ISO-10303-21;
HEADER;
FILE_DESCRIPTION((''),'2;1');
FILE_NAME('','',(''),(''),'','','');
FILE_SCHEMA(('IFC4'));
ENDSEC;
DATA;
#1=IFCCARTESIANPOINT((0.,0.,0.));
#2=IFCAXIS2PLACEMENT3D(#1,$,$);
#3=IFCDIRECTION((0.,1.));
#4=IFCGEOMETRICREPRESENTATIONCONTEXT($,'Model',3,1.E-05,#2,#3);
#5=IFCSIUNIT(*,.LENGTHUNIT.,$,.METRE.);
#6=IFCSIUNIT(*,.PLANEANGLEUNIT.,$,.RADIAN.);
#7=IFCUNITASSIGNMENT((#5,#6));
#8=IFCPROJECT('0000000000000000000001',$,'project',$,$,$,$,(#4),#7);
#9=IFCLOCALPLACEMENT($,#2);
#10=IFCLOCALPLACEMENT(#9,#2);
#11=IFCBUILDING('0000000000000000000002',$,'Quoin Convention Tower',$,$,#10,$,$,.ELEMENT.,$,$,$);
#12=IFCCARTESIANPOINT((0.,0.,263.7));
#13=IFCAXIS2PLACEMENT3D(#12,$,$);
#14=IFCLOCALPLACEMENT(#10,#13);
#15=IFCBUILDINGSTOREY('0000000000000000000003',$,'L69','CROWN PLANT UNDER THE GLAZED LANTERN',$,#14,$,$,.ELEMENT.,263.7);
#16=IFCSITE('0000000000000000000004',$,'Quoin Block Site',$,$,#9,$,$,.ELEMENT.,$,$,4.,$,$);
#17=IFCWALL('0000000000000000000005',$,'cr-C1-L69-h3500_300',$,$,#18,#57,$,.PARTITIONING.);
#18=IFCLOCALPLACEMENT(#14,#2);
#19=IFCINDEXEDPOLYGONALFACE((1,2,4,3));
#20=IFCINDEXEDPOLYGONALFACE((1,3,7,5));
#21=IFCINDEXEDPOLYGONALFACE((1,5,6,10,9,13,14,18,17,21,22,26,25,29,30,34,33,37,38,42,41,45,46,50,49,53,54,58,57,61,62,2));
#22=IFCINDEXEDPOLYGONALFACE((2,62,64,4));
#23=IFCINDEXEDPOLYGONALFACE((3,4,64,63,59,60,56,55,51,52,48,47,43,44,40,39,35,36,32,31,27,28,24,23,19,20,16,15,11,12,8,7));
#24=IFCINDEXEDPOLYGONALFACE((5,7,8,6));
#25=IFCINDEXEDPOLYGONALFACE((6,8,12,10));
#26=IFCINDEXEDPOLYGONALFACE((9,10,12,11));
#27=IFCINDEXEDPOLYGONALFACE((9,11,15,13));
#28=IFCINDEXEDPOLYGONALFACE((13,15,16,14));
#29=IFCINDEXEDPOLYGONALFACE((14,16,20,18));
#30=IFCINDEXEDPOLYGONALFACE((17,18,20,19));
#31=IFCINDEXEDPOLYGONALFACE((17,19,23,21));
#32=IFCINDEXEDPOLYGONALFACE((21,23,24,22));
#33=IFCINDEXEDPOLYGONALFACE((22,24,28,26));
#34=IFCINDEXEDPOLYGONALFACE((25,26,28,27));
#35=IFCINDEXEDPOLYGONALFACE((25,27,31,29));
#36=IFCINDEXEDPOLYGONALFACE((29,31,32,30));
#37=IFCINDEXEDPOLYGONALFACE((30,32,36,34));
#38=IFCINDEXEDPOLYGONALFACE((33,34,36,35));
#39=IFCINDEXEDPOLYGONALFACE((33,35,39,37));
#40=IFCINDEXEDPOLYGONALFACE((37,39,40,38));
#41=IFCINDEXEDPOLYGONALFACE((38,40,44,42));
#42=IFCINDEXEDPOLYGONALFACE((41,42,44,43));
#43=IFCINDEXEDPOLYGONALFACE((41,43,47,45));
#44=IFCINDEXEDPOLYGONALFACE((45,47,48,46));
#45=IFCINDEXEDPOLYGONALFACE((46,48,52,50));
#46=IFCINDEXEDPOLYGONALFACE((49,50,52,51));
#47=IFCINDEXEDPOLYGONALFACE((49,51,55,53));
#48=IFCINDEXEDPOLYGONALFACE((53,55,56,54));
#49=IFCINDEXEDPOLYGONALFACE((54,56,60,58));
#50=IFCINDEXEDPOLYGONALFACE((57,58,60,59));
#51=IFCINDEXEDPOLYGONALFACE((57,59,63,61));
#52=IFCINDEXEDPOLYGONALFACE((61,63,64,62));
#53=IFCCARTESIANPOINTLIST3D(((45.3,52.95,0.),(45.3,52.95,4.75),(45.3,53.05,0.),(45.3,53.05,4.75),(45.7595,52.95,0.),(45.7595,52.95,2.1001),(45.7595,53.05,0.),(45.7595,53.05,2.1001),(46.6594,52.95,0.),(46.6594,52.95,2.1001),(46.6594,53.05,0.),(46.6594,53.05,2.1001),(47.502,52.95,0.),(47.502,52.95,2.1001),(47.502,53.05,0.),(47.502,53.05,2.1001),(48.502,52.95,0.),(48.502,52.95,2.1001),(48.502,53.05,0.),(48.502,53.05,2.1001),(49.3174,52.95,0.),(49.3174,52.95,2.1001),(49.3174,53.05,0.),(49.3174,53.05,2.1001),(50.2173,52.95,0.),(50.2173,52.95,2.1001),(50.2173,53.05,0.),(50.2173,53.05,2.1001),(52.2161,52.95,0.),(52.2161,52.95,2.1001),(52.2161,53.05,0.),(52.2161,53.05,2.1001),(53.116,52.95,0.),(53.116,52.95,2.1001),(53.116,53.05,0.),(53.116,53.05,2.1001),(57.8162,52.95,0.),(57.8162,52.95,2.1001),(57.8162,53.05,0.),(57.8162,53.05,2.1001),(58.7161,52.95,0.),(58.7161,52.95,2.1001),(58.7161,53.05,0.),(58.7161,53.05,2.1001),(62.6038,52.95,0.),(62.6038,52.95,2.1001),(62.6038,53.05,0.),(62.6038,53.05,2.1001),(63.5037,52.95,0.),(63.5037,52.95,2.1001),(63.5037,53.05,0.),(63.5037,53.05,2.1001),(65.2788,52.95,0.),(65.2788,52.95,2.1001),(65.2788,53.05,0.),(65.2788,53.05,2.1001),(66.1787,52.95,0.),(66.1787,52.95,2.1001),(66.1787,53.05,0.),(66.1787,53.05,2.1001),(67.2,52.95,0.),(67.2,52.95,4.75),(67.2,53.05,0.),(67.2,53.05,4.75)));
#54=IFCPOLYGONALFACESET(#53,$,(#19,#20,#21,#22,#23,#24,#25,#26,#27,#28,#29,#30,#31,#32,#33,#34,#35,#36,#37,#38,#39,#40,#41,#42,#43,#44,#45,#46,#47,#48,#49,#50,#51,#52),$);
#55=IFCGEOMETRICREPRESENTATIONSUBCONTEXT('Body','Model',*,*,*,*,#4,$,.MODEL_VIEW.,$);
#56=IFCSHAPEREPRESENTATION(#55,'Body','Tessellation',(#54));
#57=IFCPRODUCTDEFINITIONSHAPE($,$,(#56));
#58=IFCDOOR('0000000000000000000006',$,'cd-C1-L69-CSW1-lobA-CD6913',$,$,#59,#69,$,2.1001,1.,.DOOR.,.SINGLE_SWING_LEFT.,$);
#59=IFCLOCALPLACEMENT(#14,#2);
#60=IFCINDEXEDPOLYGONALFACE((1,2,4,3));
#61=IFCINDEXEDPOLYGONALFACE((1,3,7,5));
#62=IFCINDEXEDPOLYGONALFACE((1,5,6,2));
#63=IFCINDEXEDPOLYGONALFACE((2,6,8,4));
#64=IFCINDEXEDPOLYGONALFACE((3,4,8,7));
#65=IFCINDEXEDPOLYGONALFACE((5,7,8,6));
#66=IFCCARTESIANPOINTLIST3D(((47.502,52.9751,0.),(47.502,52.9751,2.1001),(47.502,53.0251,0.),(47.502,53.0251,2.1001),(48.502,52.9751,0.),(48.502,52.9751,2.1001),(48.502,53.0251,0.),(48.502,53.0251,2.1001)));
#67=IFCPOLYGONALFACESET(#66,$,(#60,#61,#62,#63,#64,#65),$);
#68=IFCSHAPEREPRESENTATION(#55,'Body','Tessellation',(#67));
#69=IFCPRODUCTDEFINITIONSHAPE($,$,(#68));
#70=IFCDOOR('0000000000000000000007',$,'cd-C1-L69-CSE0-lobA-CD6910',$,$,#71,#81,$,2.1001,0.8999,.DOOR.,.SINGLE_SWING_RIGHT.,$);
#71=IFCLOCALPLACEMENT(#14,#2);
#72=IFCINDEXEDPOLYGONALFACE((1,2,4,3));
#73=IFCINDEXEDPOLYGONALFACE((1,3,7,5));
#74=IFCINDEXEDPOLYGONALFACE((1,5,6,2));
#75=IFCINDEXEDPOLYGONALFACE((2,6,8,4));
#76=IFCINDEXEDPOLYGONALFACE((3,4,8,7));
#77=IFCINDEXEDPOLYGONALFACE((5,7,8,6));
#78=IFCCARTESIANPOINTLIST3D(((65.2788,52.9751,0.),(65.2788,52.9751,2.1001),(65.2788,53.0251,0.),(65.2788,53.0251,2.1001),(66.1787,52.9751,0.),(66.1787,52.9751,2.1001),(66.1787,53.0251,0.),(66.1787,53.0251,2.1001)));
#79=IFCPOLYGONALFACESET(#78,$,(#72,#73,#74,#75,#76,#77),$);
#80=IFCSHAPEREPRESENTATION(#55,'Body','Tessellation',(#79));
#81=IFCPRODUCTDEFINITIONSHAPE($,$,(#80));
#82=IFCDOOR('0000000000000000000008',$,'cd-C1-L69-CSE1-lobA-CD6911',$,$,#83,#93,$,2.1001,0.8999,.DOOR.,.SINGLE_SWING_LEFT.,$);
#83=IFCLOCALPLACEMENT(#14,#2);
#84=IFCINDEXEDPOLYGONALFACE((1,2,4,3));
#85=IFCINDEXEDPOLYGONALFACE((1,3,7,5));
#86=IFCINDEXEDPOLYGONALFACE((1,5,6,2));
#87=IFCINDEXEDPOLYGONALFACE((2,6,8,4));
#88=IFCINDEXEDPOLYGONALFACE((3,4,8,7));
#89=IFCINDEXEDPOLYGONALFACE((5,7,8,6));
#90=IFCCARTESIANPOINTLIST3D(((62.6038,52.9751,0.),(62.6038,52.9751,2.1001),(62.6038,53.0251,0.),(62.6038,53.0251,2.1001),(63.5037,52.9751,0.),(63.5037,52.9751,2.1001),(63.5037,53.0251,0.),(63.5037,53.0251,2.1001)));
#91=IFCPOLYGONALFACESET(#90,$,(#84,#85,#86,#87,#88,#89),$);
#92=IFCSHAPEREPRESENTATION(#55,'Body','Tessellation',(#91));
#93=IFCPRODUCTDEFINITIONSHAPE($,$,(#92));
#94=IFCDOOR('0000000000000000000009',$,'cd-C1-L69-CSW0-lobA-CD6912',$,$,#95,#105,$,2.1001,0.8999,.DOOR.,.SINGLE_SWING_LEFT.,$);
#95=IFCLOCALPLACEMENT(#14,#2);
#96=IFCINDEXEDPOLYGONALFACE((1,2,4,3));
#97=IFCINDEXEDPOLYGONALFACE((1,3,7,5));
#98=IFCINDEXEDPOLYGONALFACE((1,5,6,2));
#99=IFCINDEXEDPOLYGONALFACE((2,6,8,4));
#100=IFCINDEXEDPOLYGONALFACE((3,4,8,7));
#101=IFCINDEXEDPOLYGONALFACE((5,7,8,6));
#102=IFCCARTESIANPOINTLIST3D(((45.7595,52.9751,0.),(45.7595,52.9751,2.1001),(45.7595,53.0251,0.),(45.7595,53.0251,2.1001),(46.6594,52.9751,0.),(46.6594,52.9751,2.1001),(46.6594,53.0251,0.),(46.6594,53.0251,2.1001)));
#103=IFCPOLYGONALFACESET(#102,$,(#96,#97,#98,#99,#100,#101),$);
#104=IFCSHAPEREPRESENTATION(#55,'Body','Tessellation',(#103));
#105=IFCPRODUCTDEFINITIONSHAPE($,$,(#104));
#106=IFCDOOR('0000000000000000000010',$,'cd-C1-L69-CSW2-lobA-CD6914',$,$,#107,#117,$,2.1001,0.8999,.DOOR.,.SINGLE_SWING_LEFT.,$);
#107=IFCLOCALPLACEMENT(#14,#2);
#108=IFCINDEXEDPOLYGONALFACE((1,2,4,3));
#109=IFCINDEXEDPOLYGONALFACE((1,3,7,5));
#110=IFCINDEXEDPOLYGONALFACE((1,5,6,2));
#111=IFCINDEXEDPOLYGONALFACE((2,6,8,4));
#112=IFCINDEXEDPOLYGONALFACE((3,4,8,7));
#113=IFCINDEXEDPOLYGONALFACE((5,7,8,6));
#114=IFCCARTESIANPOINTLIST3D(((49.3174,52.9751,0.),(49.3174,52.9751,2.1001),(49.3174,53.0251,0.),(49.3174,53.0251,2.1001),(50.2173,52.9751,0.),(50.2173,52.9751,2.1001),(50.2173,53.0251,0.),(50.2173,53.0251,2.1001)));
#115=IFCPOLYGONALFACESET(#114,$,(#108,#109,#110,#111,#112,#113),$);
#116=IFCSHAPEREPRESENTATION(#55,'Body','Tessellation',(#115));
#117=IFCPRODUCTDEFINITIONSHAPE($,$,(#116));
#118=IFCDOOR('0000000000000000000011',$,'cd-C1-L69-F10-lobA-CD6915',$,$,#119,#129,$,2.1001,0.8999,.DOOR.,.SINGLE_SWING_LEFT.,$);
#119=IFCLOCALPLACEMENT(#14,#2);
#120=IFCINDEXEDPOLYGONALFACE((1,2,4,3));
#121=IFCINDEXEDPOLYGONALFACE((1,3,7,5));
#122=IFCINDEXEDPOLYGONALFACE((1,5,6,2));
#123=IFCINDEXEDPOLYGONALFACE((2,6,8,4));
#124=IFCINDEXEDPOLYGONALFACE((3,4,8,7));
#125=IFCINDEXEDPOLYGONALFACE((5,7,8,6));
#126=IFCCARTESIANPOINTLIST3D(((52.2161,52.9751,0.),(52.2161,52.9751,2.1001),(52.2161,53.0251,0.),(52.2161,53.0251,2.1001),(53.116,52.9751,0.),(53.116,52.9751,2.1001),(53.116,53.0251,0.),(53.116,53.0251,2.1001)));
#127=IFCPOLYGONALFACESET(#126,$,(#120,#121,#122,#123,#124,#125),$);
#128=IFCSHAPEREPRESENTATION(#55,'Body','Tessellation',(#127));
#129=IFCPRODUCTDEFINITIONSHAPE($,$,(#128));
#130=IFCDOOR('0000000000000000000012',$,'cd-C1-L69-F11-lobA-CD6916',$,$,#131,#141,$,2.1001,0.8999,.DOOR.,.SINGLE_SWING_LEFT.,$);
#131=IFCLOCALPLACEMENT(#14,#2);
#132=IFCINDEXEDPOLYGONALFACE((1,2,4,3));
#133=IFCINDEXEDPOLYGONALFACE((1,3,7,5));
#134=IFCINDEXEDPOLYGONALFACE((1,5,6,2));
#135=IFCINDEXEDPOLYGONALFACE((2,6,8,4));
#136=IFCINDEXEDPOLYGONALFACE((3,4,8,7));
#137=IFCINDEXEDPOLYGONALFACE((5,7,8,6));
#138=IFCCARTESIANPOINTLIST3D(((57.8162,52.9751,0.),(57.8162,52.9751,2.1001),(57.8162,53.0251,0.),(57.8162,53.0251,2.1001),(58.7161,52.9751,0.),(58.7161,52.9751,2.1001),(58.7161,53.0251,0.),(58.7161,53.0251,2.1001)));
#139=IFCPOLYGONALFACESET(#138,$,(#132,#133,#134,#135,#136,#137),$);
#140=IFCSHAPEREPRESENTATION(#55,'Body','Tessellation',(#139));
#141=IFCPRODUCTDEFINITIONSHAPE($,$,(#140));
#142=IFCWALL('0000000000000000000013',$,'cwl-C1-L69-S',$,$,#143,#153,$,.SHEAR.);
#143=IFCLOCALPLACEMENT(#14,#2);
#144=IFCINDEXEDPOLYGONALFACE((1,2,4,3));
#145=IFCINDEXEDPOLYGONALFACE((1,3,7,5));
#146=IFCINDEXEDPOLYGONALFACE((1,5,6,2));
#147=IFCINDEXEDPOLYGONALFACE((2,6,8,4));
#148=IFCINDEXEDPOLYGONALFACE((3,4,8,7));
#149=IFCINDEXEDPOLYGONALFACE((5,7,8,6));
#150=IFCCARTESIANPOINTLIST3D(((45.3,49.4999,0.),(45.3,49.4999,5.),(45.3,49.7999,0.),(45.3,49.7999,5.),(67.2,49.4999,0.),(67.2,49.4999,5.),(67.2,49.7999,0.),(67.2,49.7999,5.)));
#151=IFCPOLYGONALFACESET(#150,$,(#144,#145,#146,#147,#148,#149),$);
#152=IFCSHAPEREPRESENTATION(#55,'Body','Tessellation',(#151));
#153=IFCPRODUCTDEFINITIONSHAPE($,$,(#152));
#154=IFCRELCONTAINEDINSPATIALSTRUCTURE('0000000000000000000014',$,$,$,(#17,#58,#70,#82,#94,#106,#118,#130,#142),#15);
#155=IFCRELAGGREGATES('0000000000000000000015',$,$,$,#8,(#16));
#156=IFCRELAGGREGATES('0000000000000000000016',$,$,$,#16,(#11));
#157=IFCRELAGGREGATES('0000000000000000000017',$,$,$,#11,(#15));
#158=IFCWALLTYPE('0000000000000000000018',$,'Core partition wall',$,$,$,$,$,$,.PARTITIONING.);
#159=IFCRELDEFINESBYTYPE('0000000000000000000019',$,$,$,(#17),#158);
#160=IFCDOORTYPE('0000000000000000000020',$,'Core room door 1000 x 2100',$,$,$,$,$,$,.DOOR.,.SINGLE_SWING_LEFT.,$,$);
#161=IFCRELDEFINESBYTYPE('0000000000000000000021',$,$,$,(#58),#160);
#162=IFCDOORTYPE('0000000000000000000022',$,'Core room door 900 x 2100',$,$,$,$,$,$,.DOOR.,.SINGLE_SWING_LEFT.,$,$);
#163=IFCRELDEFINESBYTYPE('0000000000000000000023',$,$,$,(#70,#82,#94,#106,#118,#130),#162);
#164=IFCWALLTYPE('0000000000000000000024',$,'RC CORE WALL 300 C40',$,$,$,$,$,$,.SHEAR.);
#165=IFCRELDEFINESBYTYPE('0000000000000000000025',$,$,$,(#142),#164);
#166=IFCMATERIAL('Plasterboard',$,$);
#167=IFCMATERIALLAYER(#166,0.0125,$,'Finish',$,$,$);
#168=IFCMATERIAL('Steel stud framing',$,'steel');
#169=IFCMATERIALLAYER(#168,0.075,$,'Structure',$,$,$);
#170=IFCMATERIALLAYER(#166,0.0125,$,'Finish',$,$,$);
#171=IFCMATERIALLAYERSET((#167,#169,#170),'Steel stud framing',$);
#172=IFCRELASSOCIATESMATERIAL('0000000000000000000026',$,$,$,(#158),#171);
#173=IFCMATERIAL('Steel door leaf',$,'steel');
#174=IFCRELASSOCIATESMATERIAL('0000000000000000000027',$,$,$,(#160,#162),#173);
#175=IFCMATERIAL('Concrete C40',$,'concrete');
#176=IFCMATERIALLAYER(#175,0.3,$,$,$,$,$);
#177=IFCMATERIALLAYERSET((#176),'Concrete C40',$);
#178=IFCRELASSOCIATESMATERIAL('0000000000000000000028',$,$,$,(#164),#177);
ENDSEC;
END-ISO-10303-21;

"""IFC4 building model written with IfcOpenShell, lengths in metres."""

from ifc_helpers import new_model, si_unit, direction, frame, frame_2d, origin, place, context, subcontext, project, spatial, rectangle, extrude, material, layer, layer_set, type_object, element, fill, save


model = new_model("IFC4")

# Units and contexts
model_context = context("Model", 3, precision=1e-05, world=origin(), true_north=direction((0.0, 1.0)))
body_context = subcontext(model_context, "Body", "Model", "MODEL_VIEW")
ifc_project = project(units=[si_unit("LENGTHUNIT", "METRE"), si_unit("PLANEANGLEUNIT", "RADIAN")], contexts=[model_context])

# Site, building, storey
site_placement = place(None, origin())
site = spatial("IfcSite", under=ifc_project, at=site_placement, Name="Quoin Block Site", CompositionType="ELEMENT", RefElevation=4.0)
building_placement = place(site_placement, origin())
building = spatial("IfcBuilding", under=site, at=building_placement, Name="Quoin Convention Tower", CompositionType="ELEMENT")
storey_placement = place(building_placement, frame((0.0, 0.0, 263.7)))
storey = spatial("IfcBuildingStorey", under=building, at=storey_placement, Name="L69", Description="CROWN PLANT UNDER THE GLAZED LANTERN", CompositionType="ELEMENT", Elevation=263.7)

# Shared definitions
ifc_material_1 = material(Name="Concrete C40", Category="concrete")

# Wall, openings, doors
ifc_material_2 = material(Name="Plasterboard")
ifc_layer_1 = layer(ifc_material_2, 0.0125, Name="Finish")
ifc_material_3 = material(Name="Steel stud framing", Category="steel")
ifc_layer_2 = layer(ifc_material_3, 0.075, Name="Structure")
ifc_layer_3 = layer(ifc_material_2, 0.0125, Name="Finish")
ifc_layer_set_1 = layer_set([ifc_layer_1, ifc_layer_2, ifc_layer_3], Name="Steel stud framing")
wall_type_1 = type_object("IfcWallType", Name="Core partition wall", PredefinedType="PARTITIONING", material=ifc_layer_set_1)
wall_1_placement = place(storey_placement, frame((45.3, 53.0, 0.0), z_axis=(0.0, 0.0, 1.0), x_axis=(1.0, 0.0, 0.0)))
wall_1 = element("IfcWall", 1, at=wall_1_placement, inside=storey, type_object=wall_type_1, Name="cr-C1-L69-h3500_300", PredefinedType="PARTITIONING", context=body_context, shape_type="SweptSolid", body=[
    extrude(rectangle(XDim=21.8999, YDim=0.1001, at=frame_2d((10.95, 0.0))), origin(), (0.0, 0.0, 1.0), 4.75),
])
opening_1_placement = place(wall_1_placement, frame((19.9788, 0.0, 0.0)))
opening_1 = element("IfcOpeningElement", 2, at=opening_1_placement, cuts=wall_1, PredefinedType="OPENING", context=body_context, shape_type="SweptSolid", body=[
    extrude(rectangle(XDim=0.8999, YDim=2.1001, at=frame_2d((0.45, 1.05))), frame((0.0, 0.0601, 0.0), z_axis=(0.0, -1.0, 0.0), x_axis=(1.0, 0.0, 0.0)), (0.0, 0.0, 1.0), 0.1201),
])
opening_2_placement = place(wall_1_placement, frame((17.3037, 0.0, 0.0)))
opening_2 = element("IfcOpeningElement", 3, at=opening_2_placement, cuts=wall_1, PredefinedType="OPENING", context=body_context, shape_type="SweptSolid", body=[
    extrude(rectangle(XDim=0.8999, YDim=2.1001, at=frame_2d((0.45, 1.05))), frame((0.0, 0.0601, 0.0), z_axis=(0.0, -1.0, 0.0), x_axis=(1.0, 0.0, 0.0)), (0.0, 0.0, 1.0), 0.1201),
])
opening_3_placement = place(wall_1_placement, frame((0.4595, 0.0, 0.0)))
opening_3 = element("IfcOpeningElement", 4, at=opening_3_placement, cuts=wall_1, PredefinedType="OPENING", context=body_context, shape_type="SweptSolid", body=[
    extrude(rectangle(XDim=0.8999, YDim=2.1001, at=frame_2d((0.45, 1.05))), frame((0.0, 0.0601, 0.0), z_axis=(0.0, -1.0, 0.0), x_axis=(1.0, 0.0, 0.0)), (0.0, 0.0, 1.0), 0.1201),
])
opening_4_placement = place(wall_1_placement, frame((2.2019, 0.0, 0.0)))
opening_4 = element("IfcOpeningElement", 5, at=opening_4_placement, cuts=wall_1, PredefinedType="OPENING", context=body_context, shape_type="SweptSolid", body=[
    extrude(rectangle(XDim=1.0, YDim=2.1001, at=frame_2d((0.5, 1.05))), frame((0.0, 0.0601, 0.0), z_axis=(0.0, -1.0, 0.0), x_axis=(1.0, 0.0, 0.0)), (0.0, 0.0, 1.0), 0.1201),
])
opening_5_placement = place(wall_1_placement, frame((4.0173, 0.0, 0.0)))
opening_5 = element("IfcOpeningElement", 6, at=opening_5_placement, cuts=wall_1, PredefinedType="OPENING", context=body_context, shape_type="SweptSolid", body=[
    extrude(rectangle(XDim=0.8999, YDim=2.1001, at=frame_2d((0.45, 1.05))), frame((0.0, 0.0601, 0.0), z_axis=(0.0, -1.0, 0.0), x_axis=(1.0, 0.0, 0.0)), (0.0, 0.0, 1.0), 0.1201),
])
opening_6_placement = place(wall_1_placement, frame((6.916, 0.0, 0.0)))
opening_6 = element("IfcOpeningElement", 7, at=opening_6_placement, cuts=wall_1, PredefinedType="OPENING", context=body_context, shape_type="SweptSolid", body=[
    extrude(rectangle(XDim=0.8999, YDim=2.1001, at=frame_2d((0.45, 1.05))), frame((0.0, 0.0601, 0.0), z_axis=(0.0, -1.0, 0.0), x_axis=(1.0, 0.0, 0.0)), (0.0, 0.0, 1.0), 0.1201),
])
opening_7_placement = place(wall_1_placement, frame((12.5161, 0.0, 0.0)))
opening_7 = element("IfcOpeningElement", 8, at=opening_7_placement, cuts=wall_1, PredefinedType="OPENING", context=body_context, shape_type="SweptSolid", body=[
    extrude(rectangle(XDim=0.8999, YDim=2.1001, at=frame_2d((0.45, 1.05))), frame((0.0, 0.0601, 0.0), z_axis=(0.0, -1.0, 0.0), x_axis=(1.0, 0.0, 0.0)), (0.0, 0.0, 1.0), 0.1201),
])
ifc_material_4 = material(Name="Steel door leaf", Category="steel")
door_type_1 = type_object("IfcDoorType", Name="Core room door 1000 x 2100", OperationType="SINGLE_SWING_LEFT", PredefinedType="DOOR", material=ifc_material_4)
door_1_placement = place(opening_4_placement, frame((1.0, 0.0, 0.0), z_axis=(0.0, 0.0, 1.0), x_axis=(-1.0, 0.0, 0.0)))
door_1 = element("IfcDoor", 9, at=door_1_placement, inside=storey, type_object=door_type_1, Name="cd-C1-L69-CSW1-lobA-CD6913", OperationType="SINGLE_SWING_LEFT", OverallHeight=2.1001, OverallWidth=1.0, PredefinedType="DOOR", context=body_context, shape_type="SweptSolid", body=[
    extrude(rectangle(XDim=1.0, YDim=2.1001, at=frame_2d((0.5, 1.05))), frame((0.0, 0.0249, 0.0), z_axis=(0.0, -1.0, 0.0), x_axis=(1.0, 0.0, 0.0)), (0.0, 0.0, 1.0), 0.05),
])
fill(opening_4, door_1)
door_type_2 = type_object("IfcDoorType", Name="Core room door 900 x 2100", OperationType="SINGLE_SWING_LEFT", PredefinedType="DOOR", material=ifc_material_4)
door_2_placement = place(opening_1_placement, frame((0.8999, 0.0, 0.0), z_axis=(0.0, 0.0, 1.0), x_axis=(-1.0, 0.0, 0.0)))
door_2 = element("IfcDoor", 10, at=door_2_placement, inside=storey, type_object=door_type_2, Name="cd-C1-L69-CSE0-lobA-CD6910", OperationType="SINGLE_SWING_RIGHT", OverallHeight=2.1001, OverallWidth=0.8999, PredefinedType="DOOR", context=body_context, shape_type="SweptSolid", body=[
    extrude(rectangle(XDim=0.8999, YDim=2.1001, at=frame_2d((0.45, 1.05))), frame((0.0, 0.0249, 0.0), z_axis=(0.0, -1.0, 0.0), x_axis=(1.0, 0.0, 0.0)), (0.0, 0.0, 1.0), 0.05),
])
fill(opening_1, door_2)
door_3_placement = place(opening_2_placement, frame((0.8999, 0.0, 0.0), z_axis=(0.0, 0.0, 1.0), x_axis=(-1.0, 0.0, 0.0)))
door_3 = element("IfcDoor", 11, at=door_3_placement, inside=storey, type_object=door_type_2, Name="cd-C1-L69-CSE1-lobA-CD6911", OperationType="SINGLE_SWING_LEFT", OverallHeight=2.1001, OverallWidth=0.8999, PredefinedType="DOOR", context=body_context, shape_type="SweptSolid", body=[
    extrude(rectangle(XDim=0.8999, YDim=2.1001, at=frame_2d((0.45, 1.05))), frame((0.0, 0.0249, 0.0), z_axis=(0.0, -1.0, 0.0), x_axis=(1.0, 0.0, 0.0)), (0.0, 0.0, 1.0), 0.05),
])
fill(opening_2, door_3)
door_4_placement = place(opening_3_placement, frame((0.8999, 0.0, 0.0), z_axis=(0.0, 0.0, 1.0), x_axis=(-1.0, 0.0, 0.0)))
door_4 = element("IfcDoor", 12, at=door_4_placement, inside=storey, type_object=door_type_2, Name="cd-C1-L69-CSW0-lobA-CD6912", OperationType="SINGLE_SWING_LEFT", OverallHeight=2.1001, OverallWidth=0.8999, PredefinedType="DOOR", context=body_context, shape_type="SweptSolid", body=[
    extrude(rectangle(XDim=0.8999, YDim=2.1001, at=frame_2d((0.45, 1.05))), frame((0.0, 0.0249, 0.0), z_axis=(0.0, -1.0, 0.0), x_axis=(1.0, 0.0, 0.0)), (0.0, 0.0, 1.0), 0.05),
])
fill(opening_3, door_4)
door_5_placement = place(opening_5_placement, frame((0.8999, 0.0, 0.0), z_axis=(0.0, 0.0, 1.0), x_axis=(-1.0, 0.0, 0.0)))
door_5 = element("IfcDoor", 13, at=door_5_placement, inside=storey, type_object=door_type_2, Name="cd-C1-L69-CSW2-lobA-CD6914", OperationType="SINGLE_SWING_LEFT", OverallHeight=2.1001, OverallWidth=0.8999, PredefinedType="DOOR", context=body_context, shape_type="SweptSolid", body=[
    extrude(rectangle(XDim=0.8999, YDim=2.1001, at=frame_2d((0.45, 1.05))), frame((0.0, 0.0249, 0.0), z_axis=(0.0, -1.0, 0.0), x_axis=(1.0, 0.0, 0.0)), (0.0, 0.0, 1.0), 0.05),
])
fill(opening_5, door_5)
door_6_placement = place(opening_6_placement, frame((0.8999, 0.0, 0.0), z_axis=(0.0, 0.0, 1.0), x_axis=(-1.0, 0.0, 0.0)))
door_6 = element("IfcDoor", 14, at=door_6_placement, inside=storey, type_object=door_type_2, Name="cd-C1-L69-F10-lobA-CD6915", OperationType="SINGLE_SWING_LEFT", OverallHeight=2.1001, OverallWidth=0.8999, PredefinedType="DOOR", context=body_context, shape_type="SweptSolid", body=[
    extrude(rectangle(XDim=0.8999, YDim=2.1001, at=frame_2d((0.45, 1.05))), frame((0.0, 0.0249, 0.0), z_axis=(0.0, -1.0, 0.0), x_axis=(1.0, 0.0, 0.0)), (0.0, 0.0, 1.0), 0.05),
])
fill(opening_6, door_6)
door_7_placement = place(opening_7_placement, frame((0.8999, 0.0, 0.0), z_axis=(0.0, 0.0, 1.0), x_axis=(-1.0, 0.0, 0.0)))
door_7 = element("IfcDoor", 15, at=door_7_placement, inside=storey, type_object=door_type_2, Name="cd-C1-L69-F11-lobA-CD6916", OperationType="SINGLE_SWING_LEFT", OverallHeight=2.1001, OverallWidth=0.8999, PredefinedType="DOOR", context=body_context, shape_type="SweptSolid", body=[
    extrude(rectangle(XDim=0.8999, YDim=2.1001, at=frame_2d((0.45, 1.05))), frame((0.0, 0.0249, 0.0), z_axis=(0.0, -1.0, 0.0), x_axis=(1.0, 0.0, 0.0)), (0.0, 0.0, 1.0), 0.05),
])
fill(opening_7, door_7)

# Wall
ifc_layer_4 = layer(ifc_material_1, 0.3)
ifc_layer_set_2 = layer_set([ifc_layer_4], Name="Concrete C40")
wall_type_2 = type_object("IfcWallType", Name="RC CORE WALL 300 C40", PredefinedType="SHEAR", material=ifc_layer_set_2)
wall_2_placement = place(storey_placement, frame((45.3, 49.6499, 0.0), z_axis=(0.0, 0.0, 1.0), x_axis=(1.0, 0.0, 0.0)))
element("IfcWall", 16, at=wall_2_placement, inside=storey, type_object=wall_type_2, Name="cwl-C1-L69-S", PredefinedType="SHEAR", context=body_context, shape_type="SweptSolid", body=[
    extrude(rectangle(XDim=21.8999, YDim=0.3, at=frame_2d((10.95, 0.0))), origin(), (0.0, 0.0, 1.0), 5.0),
])

save(model, "model.ifc")
